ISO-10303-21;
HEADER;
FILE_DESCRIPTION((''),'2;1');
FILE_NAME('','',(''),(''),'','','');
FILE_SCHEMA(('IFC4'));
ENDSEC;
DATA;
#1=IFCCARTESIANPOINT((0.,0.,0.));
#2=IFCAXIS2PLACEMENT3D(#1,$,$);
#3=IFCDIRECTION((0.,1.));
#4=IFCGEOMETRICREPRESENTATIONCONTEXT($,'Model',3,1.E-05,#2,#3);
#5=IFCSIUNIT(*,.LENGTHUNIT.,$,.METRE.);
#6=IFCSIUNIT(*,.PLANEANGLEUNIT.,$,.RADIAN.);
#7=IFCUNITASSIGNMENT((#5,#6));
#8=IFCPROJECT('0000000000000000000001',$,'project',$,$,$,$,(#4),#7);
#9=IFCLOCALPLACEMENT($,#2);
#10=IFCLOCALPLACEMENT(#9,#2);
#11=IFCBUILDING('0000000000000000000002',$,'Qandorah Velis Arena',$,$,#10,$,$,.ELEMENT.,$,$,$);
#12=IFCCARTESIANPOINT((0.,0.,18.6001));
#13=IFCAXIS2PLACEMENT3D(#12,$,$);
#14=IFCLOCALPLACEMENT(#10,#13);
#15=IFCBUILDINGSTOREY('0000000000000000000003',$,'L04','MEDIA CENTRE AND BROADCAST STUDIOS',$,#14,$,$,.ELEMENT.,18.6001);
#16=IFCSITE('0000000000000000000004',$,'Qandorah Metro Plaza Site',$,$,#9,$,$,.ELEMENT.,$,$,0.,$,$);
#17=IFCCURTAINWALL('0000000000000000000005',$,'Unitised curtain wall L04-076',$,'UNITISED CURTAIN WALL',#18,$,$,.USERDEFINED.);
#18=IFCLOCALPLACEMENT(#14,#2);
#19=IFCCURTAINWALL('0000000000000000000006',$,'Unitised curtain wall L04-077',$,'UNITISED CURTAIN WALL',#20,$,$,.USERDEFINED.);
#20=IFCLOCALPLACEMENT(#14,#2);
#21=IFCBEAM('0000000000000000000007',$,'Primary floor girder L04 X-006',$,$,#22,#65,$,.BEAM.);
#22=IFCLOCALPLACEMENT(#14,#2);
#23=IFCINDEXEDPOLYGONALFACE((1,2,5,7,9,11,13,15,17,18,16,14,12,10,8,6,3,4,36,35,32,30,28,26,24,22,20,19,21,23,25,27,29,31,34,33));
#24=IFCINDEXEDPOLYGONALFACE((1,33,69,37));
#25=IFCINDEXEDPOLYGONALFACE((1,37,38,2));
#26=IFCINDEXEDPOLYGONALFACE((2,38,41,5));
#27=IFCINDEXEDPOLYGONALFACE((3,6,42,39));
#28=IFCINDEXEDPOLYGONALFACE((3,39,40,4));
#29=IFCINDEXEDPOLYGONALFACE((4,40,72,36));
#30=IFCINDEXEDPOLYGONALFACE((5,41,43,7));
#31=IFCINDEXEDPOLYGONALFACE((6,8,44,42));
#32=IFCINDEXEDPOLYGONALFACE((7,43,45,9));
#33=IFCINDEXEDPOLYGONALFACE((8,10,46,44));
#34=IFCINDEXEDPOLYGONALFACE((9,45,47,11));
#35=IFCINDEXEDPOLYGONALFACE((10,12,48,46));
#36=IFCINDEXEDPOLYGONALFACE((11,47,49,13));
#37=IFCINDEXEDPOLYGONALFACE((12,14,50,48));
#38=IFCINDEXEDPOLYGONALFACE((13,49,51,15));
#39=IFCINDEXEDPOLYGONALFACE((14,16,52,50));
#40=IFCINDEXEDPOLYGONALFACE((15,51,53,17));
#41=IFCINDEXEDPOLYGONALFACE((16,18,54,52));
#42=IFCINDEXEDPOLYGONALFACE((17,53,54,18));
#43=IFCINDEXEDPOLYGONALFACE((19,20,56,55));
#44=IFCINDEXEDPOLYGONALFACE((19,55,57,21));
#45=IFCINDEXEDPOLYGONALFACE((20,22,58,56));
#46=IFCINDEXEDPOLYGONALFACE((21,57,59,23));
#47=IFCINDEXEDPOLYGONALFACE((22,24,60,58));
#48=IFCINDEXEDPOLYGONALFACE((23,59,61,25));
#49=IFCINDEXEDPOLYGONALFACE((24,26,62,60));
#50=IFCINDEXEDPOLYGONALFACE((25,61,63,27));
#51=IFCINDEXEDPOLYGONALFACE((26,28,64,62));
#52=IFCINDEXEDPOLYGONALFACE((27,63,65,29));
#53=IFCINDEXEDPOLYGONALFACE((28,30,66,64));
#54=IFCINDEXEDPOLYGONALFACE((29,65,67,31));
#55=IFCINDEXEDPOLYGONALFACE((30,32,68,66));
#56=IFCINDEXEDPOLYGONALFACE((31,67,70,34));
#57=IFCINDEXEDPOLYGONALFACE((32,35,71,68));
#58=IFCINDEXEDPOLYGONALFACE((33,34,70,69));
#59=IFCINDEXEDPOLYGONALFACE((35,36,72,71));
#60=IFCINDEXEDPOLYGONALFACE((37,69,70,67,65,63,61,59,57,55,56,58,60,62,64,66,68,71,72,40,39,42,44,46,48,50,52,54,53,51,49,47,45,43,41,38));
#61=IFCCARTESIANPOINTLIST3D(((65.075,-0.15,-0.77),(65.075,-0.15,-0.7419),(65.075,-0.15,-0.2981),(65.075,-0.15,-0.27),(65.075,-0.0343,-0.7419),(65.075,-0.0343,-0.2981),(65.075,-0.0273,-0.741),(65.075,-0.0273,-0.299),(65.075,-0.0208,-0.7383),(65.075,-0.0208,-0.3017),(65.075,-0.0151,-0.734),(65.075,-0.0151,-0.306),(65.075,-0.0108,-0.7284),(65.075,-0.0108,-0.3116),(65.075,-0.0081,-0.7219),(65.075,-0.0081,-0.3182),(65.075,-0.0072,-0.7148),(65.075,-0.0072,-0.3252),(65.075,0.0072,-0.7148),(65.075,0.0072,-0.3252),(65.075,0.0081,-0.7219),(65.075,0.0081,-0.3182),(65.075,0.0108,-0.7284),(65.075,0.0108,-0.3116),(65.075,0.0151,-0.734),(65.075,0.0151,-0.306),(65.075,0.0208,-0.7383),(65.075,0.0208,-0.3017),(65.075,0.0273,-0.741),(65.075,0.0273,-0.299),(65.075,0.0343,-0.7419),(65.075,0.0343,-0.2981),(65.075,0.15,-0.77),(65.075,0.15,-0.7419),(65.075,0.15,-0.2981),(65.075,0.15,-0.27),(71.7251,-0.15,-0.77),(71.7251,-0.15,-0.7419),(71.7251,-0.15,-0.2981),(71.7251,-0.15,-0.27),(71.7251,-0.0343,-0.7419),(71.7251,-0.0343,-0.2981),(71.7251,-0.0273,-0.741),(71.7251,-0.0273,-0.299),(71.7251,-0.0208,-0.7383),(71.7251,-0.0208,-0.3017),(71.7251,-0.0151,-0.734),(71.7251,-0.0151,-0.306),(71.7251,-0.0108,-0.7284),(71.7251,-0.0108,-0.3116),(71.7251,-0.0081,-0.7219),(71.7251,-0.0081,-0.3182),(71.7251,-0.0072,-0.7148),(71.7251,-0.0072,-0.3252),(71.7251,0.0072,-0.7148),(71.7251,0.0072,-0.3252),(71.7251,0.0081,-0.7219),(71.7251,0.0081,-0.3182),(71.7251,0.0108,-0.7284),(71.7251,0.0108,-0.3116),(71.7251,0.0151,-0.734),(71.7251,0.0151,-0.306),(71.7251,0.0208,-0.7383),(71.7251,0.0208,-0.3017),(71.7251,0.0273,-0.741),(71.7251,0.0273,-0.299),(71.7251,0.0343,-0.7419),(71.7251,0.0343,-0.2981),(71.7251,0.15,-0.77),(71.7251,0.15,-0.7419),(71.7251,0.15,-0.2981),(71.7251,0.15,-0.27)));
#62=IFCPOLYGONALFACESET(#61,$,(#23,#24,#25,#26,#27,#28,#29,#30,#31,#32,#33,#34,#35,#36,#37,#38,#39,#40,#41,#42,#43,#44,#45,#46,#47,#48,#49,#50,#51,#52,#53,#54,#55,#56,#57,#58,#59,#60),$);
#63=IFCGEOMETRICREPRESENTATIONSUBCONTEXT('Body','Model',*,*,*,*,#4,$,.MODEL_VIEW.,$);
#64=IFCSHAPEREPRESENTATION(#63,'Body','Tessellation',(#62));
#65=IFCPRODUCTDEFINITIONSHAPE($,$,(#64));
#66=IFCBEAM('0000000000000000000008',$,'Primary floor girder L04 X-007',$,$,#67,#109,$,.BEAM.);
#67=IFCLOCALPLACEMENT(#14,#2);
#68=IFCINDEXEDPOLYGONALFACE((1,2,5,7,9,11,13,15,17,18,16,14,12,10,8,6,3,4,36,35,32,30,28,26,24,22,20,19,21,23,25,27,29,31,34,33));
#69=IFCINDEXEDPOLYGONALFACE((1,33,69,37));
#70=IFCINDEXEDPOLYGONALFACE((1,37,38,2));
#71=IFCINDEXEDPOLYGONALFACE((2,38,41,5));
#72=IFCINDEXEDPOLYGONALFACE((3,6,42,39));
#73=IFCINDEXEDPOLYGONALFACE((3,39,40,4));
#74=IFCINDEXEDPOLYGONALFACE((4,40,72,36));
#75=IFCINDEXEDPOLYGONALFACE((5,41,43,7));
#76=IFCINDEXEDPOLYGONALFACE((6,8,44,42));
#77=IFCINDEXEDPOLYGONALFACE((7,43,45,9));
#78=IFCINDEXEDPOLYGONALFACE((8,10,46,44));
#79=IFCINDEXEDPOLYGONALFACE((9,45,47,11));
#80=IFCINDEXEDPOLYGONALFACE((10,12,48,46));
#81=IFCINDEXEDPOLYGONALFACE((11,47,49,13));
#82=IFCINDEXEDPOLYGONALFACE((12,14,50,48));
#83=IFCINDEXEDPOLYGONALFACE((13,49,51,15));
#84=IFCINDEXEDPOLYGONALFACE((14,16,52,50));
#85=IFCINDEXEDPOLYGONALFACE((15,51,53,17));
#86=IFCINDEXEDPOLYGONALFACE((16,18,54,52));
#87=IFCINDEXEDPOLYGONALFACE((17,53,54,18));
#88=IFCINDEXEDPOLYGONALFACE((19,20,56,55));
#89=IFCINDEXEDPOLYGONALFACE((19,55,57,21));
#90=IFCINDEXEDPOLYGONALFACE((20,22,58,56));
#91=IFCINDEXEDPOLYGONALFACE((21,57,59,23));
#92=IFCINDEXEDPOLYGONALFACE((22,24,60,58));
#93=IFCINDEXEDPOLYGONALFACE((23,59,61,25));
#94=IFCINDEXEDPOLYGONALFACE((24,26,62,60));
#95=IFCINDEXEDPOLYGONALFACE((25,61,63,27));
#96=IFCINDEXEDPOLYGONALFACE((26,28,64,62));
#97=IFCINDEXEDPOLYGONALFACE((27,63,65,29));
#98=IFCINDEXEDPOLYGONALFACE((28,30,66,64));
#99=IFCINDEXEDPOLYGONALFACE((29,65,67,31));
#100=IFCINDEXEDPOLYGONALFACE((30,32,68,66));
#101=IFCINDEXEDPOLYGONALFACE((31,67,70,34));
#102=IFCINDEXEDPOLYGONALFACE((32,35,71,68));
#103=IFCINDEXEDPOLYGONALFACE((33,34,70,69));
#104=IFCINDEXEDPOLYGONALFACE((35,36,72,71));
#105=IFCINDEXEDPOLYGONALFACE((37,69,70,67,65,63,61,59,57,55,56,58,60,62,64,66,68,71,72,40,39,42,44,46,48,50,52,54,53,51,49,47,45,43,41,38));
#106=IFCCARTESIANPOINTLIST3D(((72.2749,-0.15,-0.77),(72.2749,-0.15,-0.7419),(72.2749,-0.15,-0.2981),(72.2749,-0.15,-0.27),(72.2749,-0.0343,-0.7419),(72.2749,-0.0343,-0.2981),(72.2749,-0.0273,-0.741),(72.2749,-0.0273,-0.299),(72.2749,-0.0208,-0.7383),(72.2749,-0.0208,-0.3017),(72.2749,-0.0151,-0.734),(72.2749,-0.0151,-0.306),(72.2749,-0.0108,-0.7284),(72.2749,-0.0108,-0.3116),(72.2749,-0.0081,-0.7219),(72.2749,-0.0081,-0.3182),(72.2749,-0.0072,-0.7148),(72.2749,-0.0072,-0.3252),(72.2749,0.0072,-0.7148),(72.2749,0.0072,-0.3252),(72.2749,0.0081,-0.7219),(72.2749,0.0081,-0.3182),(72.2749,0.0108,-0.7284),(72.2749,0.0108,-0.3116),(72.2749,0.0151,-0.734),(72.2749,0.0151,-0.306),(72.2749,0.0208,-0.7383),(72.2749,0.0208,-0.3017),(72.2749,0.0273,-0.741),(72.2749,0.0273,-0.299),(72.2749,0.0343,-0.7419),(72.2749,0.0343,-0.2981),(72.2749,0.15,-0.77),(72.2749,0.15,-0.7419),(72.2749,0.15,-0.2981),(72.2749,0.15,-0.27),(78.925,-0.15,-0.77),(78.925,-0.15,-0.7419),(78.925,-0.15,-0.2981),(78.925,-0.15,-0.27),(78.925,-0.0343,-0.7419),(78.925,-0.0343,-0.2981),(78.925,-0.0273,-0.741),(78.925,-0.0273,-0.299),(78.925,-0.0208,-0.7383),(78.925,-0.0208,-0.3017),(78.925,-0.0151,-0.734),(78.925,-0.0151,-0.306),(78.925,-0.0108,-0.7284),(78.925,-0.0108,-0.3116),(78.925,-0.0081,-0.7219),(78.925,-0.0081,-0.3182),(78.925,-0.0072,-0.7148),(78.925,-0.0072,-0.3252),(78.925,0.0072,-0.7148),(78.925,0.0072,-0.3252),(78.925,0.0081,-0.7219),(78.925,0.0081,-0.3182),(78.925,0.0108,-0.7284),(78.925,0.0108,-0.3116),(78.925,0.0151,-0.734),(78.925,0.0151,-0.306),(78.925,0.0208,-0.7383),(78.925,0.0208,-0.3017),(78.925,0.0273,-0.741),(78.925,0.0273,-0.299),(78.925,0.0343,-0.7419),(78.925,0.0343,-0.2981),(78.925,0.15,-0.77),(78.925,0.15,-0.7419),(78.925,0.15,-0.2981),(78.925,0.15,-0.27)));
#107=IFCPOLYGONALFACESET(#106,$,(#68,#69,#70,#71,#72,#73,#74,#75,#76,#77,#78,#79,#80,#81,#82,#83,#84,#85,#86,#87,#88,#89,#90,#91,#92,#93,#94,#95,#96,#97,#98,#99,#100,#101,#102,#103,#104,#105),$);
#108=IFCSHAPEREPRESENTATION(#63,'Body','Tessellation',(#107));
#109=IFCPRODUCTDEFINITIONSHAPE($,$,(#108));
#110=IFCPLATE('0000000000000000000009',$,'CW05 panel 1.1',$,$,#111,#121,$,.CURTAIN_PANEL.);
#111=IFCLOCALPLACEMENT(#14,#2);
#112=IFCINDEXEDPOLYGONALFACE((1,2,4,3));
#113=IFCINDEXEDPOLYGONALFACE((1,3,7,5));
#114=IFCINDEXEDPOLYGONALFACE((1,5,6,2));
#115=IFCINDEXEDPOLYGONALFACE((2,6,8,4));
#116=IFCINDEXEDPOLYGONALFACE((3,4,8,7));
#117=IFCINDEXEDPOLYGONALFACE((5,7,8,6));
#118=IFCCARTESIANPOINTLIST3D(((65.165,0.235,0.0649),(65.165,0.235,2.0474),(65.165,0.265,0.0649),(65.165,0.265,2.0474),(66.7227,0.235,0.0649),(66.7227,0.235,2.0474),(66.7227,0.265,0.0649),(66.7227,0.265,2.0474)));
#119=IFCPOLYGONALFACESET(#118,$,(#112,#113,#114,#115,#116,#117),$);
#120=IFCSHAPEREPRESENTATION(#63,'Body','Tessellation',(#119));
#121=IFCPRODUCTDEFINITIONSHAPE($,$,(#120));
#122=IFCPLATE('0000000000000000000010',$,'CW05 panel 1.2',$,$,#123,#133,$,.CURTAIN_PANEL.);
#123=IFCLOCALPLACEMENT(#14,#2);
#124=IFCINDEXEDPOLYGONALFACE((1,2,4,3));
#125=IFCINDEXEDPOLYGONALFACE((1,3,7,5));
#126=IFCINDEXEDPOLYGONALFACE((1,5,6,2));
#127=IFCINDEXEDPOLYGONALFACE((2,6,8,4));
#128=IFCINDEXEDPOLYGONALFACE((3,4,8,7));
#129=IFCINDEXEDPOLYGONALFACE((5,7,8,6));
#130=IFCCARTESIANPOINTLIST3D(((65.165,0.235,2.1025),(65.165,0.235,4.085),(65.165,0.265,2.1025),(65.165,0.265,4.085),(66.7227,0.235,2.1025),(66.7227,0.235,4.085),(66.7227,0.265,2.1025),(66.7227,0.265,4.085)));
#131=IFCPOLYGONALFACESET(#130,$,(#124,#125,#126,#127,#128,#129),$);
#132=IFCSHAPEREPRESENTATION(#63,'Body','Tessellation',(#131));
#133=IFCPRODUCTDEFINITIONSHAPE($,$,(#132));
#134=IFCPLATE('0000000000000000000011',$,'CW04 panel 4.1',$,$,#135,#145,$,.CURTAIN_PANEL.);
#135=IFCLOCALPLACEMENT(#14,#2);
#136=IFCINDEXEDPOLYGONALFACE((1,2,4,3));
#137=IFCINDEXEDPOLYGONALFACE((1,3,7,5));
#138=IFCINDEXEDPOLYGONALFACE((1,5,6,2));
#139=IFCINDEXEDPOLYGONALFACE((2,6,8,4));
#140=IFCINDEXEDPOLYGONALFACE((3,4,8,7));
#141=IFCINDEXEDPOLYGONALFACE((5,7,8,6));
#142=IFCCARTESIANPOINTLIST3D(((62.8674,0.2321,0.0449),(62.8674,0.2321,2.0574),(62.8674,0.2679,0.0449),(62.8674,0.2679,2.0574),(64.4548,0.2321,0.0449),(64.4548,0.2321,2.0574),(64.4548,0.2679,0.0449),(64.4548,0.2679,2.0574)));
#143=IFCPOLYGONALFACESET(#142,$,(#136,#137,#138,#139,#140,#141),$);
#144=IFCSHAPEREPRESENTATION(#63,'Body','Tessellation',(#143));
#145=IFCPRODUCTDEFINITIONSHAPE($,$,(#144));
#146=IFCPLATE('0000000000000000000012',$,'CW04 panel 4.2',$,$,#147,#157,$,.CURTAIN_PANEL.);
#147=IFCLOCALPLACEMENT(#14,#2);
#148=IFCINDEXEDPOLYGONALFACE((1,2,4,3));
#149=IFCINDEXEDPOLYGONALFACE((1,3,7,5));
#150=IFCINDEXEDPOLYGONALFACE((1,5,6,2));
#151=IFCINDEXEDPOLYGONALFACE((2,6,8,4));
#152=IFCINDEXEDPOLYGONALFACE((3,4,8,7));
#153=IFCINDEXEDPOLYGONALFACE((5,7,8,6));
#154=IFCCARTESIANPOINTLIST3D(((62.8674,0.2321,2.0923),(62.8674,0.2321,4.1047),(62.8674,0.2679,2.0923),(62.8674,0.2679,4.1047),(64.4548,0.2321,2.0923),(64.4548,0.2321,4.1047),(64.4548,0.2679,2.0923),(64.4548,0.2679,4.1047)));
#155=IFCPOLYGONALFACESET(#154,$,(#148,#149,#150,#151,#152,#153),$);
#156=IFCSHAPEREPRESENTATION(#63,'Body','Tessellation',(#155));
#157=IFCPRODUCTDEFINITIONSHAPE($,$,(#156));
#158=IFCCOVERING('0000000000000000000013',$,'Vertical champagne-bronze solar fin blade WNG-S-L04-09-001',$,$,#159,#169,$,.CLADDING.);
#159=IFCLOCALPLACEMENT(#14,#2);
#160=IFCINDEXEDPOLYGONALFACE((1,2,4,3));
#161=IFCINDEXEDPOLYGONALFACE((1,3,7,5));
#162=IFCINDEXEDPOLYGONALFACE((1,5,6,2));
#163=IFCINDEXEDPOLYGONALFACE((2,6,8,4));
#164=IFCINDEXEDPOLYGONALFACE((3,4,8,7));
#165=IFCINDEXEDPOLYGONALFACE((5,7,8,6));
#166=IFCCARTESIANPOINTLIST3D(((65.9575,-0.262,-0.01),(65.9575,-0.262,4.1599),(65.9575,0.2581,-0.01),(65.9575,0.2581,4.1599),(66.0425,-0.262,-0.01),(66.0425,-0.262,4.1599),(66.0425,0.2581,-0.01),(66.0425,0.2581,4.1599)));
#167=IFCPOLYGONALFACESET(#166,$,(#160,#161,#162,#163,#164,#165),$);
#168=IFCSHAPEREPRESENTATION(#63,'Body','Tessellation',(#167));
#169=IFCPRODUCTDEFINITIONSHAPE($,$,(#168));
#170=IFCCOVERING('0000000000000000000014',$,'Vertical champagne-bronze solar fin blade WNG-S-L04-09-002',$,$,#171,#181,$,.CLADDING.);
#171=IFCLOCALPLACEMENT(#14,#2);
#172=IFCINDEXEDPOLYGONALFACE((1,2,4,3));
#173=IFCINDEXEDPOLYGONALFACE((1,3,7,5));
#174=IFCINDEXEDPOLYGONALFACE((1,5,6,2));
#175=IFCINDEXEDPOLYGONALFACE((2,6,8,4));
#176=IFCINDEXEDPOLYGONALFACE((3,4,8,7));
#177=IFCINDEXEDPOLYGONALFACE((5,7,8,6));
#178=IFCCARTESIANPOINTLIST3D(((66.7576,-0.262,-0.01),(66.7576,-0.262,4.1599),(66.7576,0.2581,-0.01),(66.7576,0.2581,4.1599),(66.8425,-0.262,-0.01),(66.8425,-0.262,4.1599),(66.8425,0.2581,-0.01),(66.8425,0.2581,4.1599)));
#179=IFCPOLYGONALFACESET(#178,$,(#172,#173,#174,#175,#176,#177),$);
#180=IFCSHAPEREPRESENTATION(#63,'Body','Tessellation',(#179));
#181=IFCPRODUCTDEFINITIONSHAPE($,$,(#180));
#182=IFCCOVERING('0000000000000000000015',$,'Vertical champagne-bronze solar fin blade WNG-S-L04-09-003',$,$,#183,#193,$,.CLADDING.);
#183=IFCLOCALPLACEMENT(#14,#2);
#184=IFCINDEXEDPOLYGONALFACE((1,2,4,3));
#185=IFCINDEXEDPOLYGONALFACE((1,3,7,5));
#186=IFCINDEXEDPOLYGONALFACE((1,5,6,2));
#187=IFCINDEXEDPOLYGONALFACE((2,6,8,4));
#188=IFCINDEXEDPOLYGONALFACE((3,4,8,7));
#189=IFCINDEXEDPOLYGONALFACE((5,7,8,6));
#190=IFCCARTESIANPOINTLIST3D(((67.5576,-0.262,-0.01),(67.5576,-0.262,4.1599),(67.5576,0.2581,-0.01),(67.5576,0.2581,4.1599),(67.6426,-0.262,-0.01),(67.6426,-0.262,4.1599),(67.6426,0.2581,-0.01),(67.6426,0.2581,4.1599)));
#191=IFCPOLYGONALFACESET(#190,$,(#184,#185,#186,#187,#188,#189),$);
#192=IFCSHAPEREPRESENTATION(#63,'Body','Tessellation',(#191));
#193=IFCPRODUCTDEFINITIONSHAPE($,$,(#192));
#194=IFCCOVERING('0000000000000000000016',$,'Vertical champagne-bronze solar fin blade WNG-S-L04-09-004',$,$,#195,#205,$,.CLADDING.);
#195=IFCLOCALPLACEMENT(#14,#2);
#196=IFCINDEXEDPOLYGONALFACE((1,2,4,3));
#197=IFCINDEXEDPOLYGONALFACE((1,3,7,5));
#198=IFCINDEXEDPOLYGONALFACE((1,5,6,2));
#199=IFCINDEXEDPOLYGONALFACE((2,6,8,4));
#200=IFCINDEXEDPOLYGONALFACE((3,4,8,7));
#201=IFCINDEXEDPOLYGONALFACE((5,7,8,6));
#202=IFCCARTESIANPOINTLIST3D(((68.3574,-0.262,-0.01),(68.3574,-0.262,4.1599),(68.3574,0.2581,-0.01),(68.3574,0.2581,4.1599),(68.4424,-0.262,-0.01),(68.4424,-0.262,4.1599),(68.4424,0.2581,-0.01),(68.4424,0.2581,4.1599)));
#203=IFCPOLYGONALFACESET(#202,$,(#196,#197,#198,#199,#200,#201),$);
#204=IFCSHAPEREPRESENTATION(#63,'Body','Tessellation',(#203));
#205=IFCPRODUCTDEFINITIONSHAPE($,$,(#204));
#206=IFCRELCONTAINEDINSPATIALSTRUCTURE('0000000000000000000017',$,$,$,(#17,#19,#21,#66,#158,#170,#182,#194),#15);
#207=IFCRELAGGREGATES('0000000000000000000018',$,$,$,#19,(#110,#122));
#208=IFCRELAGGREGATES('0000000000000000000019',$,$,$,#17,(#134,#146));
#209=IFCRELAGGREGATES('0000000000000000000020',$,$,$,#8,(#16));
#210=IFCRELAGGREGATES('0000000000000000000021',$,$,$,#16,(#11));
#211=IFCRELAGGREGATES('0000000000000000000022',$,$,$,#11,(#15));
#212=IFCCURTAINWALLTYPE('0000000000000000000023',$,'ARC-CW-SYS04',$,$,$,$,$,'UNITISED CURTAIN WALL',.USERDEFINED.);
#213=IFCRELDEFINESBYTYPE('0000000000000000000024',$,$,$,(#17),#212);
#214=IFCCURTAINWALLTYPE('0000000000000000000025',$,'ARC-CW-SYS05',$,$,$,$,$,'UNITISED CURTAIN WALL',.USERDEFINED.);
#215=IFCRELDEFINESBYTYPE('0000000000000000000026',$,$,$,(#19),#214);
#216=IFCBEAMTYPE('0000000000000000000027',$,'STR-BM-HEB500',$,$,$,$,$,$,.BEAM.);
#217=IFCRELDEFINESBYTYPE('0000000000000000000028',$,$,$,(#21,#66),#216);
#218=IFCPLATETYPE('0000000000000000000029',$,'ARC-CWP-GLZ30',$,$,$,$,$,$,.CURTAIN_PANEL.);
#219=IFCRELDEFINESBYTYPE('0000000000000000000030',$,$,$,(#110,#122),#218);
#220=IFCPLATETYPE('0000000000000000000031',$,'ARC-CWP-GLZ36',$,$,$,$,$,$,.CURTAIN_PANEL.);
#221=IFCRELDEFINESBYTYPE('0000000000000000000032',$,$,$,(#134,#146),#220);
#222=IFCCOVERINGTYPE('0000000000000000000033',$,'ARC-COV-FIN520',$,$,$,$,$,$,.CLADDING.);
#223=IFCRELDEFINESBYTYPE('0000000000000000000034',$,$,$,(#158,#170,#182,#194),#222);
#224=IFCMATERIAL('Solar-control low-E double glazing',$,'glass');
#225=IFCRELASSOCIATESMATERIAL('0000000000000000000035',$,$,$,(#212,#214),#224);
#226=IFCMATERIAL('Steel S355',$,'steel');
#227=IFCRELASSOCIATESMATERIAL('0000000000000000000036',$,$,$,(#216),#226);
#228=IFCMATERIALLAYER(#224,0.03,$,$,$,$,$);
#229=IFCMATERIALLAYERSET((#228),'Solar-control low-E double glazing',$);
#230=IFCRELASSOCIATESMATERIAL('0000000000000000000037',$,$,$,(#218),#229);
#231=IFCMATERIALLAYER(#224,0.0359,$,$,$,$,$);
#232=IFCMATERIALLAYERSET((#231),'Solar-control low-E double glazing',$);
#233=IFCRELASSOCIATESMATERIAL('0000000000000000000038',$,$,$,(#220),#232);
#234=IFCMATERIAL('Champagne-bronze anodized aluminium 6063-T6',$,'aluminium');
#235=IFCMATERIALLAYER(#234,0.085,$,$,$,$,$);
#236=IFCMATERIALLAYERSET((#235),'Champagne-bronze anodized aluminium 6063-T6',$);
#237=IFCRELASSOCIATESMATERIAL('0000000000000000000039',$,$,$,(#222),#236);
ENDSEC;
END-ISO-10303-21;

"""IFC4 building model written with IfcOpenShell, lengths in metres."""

from ifc_helpers import new_model, si_unit, direction, frame, origin, origin_2d, place, context, subcontext, project, spatial, rectangle, i_section, extrude, material, layer, layer_set, material_profile, profile_set, type_object, element, aggregate, save


model = new_model("IFC4")

# Units and contexts
model_context = context("Model", 3, precision=1e-05, world=origin(), true_north=direction((0.0, 1.0)))
body_context = subcontext(model_context, "Body", "Model", "MODEL_VIEW")
ifc_project = project(units=[si_unit("LENGTHUNIT", "METRE"), si_unit("PLANEANGLEUNIT", "RADIAN")], contexts=[model_context])

# Site, building, storey
site_placement = place(None, origin())
site = spatial("IfcSite", under=ifc_project, at=site_placement, Name="Qandorah Metro Plaza Site", CompositionType="ELEMENT", RefElevation=0.0)
building_placement = place(site_placement, origin())
building = spatial("IfcBuilding", under=site, at=building_placement, Name="Qandorah Velis Arena", CompositionType="ELEMENT")
storey_placement = place(building_placement, frame((0.0, 0.0, 18.6001)))
storey = spatial("IfcBuildingStorey", under=building, at=storey_placement, Name="L04", Description="MEDIA CENTRE AND BROADCAST STUDIOS", CompositionType="ELEMENT", Elevation=18.6001)

# Curtain wall
ifc_material_1 = material(Name="Solar-control low-E double glazing", Category="glass")
curtain_wall_type_1 = type_object("IfcCurtainWallType", Name="ARC-CW-SYS04", ElementType="UNITISED CURTAIN WALL", PredefinedType="USERDEFINED", material=ifc_material_1)
curtain_wall_1_placement = place(storey_placement, origin())
curtain_wall_1 = element("IfcCurtainWall", 1, at=curtain_wall_1_placement, inside=storey, type_object=curtain_wall_type_1, Name="Unitised curtain wall L04-076", ObjectType="UNITISED CURTAIN WALL", PredefinedType="USERDEFINED")
ifc_material_2 = material(Name="Champagne-bronze anodized aluminium 6063-T6", Category="aluminium")

# Curtain wall
curtain_wall_type_2 = type_object("IfcCurtainWallType", Name="ARC-CW-SYS05", ElementType="UNITISED CURTAIN WALL", PredefinedType="USERDEFINED", material=ifc_material_1)
curtain_wall_2_placement = place(storey_placement, origin())
curtain_wall_2 = element("IfcCurtainWall", 2, at=curtain_wall_2_placement, inside=storey, type_object=curtain_wall_type_2, Name="Unitised curtain wall L04-077", ObjectType="UNITISED CURTAIN WALL", PredefinedType="USERDEFINED")

# Beams
ifc_material_3 = material(Name="Steel S355", Category="steel")
ifc_material_profile_1 = material_profile(ifc_material_3, i_section(OverallWidth=0.3, OverallDepth=0.5, WebThickness=0.0144, FlangeThickness=0.0281, FilletRadius=0.0271, at=origin_2d()), Name="HEB 500")
ifc_profile_set_1 = profile_set([ifc_material_profile_1], Name="Steel S355")
beam_type = type_object("IfcBeamType", Name="STR-BM-HEB500", PredefinedType="BEAM", material=ifc_profile_set_1)
for number, where, z_axis, x_axis, name in (
    (3, (65.075, 0.0, -0.52), (1.0, 0.0, 0.0), (0.0, 1.0, 0.0), "Primary floor girder L04 X-006"),
    (4, (72.2749, 0.0, -0.52), (1.0, 0.0, 0.0), (0.0, 1.0, 0.0), "Primary floor girder L04 X-007"),
):
    element("IfcBeam", number, at=place(storey_placement, frame(where, z_axis=z_axis, x_axis=x_axis)), inside=storey, type_object=beam_type, Name=name, PredefinedType="BEAM", context=body_context, shape_type="SweptSolid", body=[
        extrude(i_section(OverallWidth=0.3, OverallDepth=0.5, WebThickness=0.0144, FlangeThickness=0.0281, FilletRadius=0.0271, at=origin_2d()), origin(), (0.0, 0.0, 1.0), 6.6501),
    ])

# Plates
ifc_layer_1 = layer(ifc_material_1, 0.03)
ifc_layer_set_1 = layer_set([ifc_layer_1], Name="Solar-control low-E double glazing")
plate_type_1 = type_object("IfcPlateType", Name="ARC-CWP-GLZ30", PredefinedType="CURTAIN_PANEL", material=ifc_layer_set_1)
plate_1_placement = place(storey_placement, frame((65.9438, 0.25, 0.0649), z_axis=(0.0, 0.0, 1.0), x_axis=(1.0, 0.0, 0.0)))
plate_1 = element("IfcPlate", 5, at=plate_1_placement, type_object=plate_type_1, Name="CW05 panel 1.1", PredefinedType="CURTAIN_PANEL", context=body_context, shape_type="SweptSolid", body=[
    extrude(rectangle(XDim=1.5576, YDim=0.03, at=origin_2d()), origin(), (0.0, 0.0, 1.0), 1.9824),
])
plate_2_placement = place(storey_placement, frame((65.9438, 0.25, 2.1025), z_axis=(0.0, 0.0, 1.0), x_axis=(1.0, 0.0, 0.0)))
plate_2 = element("IfcPlate", 6, at=plate_2_placement, type_object=plate_type_1, Name="CW05 panel 1.2", PredefinedType="CURTAIN_PANEL", context=body_context, shape_type="SweptSolid", body=[
    extrude(rectangle(XDim=1.5576, YDim=0.03, at=origin_2d()), origin(), (0.0, 0.0, 1.0), 1.9824),
])
aggregate(curtain_wall_2, [plate_1, plate_2])
ifc_layer_2 = layer(ifc_material_1, 0.0359)
ifc_layer_set_2 = layer_set([ifc_layer_2], Name="Solar-control low-E double glazing")
plate_type_2 = type_object("IfcPlateType", Name="ARC-CWP-GLZ36", PredefinedType="CURTAIN_PANEL", material=ifc_layer_set_2)
plate_3_placement = place(storey_placement, frame((63.6611, 0.25, 0.0449), z_axis=(0.0, 0.0, 1.0), x_axis=(1.0, 0.0, 0.0)))
plate_3 = element("IfcPlate", 7, at=plate_3_placement, type_object=plate_type_2, Name="CW04 panel 4.1", PredefinedType="CURTAIN_PANEL", context=body_context, shape_type="SweptSolid", body=[
    extrude(rectangle(XDim=1.5874, YDim=0.0359, at=origin_2d()), origin(), (0.0, 0.0, 1.0), 2.0125),
])
plate_4_placement = place(storey_placement, frame((63.6611, 0.25, 2.0923), z_axis=(0.0, 0.0, 1.0), x_axis=(1.0, 0.0, 0.0)))
plate_4 = element("IfcPlate", 8, at=plate_4_placement, type_object=plate_type_2, Name="CW04 panel 4.2", PredefinedType="CURTAIN_PANEL", context=body_context, shape_type="SweptSolid", body=[
    extrude(rectangle(XDim=1.5874, YDim=0.0359, at=origin_2d()), origin(), (0.0, 0.0, 1.0), 2.0125),
])
aggregate(curtain_wall_1, [plate_3, plate_4])

# Coverings
ifc_layer_3 = layer(ifc_material_2, 0.085)
ifc_layer_set_3 = layer_set([ifc_layer_3], Name="Champagne-bronze anodized aluminium 6063-T6")
covering_type = type_object("IfcCoveringType", Name="ARC-COV-FIN520", PredefinedType="CLADDING", material=ifc_layer_set_3)
for number, where, z_axis, x_axis, name in (
    (9, (66.0, -0.002, -0.01), (0.0, 0.0, 1.0), (1.0, 0.0, 0.0), "Vertical champagne-bronze solar fin blade WNG-S-L04-09-001"),
    (10, (66.8, -0.002, -0.01), (0.0, 0.0, 1.0), (1.0, 0.0, 0.0), "Vertical champagne-bronze solar fin blade WNG-S-L04-09-002"),
    (11, (67.6001, -0.002, -0.01), (0.0, 0.0, 1.0), (1.0, 0.0, 0.0), "Vertical champagne-bronze solar fin blade WNG-S-L04-09-003"),
    (12, (68.3999, -0.002, -0.01), (0.0, 0.0, 1.0), (1.0, 0.0, 0.0), "Vertical champagne-bronze solar fin blade WNG-S-L04-09-004"),
):
    element("IfcCovering", number, at=place(storey_placement, frame(where, z_axis=z_axis, x_axis=x_axis)), inside=storey, type_object=covering_type, Name=name, PredefinedType="CLADDING", context=body_context, shape_type="SweptSolid", body=[
        extrude(rectangle(XDim=0.085, YDim=0.52, at=origin_2d()), origin(), (0.0, 0.0, 1.0), 4.1699),
    ])

save(model, "model.ifc")
